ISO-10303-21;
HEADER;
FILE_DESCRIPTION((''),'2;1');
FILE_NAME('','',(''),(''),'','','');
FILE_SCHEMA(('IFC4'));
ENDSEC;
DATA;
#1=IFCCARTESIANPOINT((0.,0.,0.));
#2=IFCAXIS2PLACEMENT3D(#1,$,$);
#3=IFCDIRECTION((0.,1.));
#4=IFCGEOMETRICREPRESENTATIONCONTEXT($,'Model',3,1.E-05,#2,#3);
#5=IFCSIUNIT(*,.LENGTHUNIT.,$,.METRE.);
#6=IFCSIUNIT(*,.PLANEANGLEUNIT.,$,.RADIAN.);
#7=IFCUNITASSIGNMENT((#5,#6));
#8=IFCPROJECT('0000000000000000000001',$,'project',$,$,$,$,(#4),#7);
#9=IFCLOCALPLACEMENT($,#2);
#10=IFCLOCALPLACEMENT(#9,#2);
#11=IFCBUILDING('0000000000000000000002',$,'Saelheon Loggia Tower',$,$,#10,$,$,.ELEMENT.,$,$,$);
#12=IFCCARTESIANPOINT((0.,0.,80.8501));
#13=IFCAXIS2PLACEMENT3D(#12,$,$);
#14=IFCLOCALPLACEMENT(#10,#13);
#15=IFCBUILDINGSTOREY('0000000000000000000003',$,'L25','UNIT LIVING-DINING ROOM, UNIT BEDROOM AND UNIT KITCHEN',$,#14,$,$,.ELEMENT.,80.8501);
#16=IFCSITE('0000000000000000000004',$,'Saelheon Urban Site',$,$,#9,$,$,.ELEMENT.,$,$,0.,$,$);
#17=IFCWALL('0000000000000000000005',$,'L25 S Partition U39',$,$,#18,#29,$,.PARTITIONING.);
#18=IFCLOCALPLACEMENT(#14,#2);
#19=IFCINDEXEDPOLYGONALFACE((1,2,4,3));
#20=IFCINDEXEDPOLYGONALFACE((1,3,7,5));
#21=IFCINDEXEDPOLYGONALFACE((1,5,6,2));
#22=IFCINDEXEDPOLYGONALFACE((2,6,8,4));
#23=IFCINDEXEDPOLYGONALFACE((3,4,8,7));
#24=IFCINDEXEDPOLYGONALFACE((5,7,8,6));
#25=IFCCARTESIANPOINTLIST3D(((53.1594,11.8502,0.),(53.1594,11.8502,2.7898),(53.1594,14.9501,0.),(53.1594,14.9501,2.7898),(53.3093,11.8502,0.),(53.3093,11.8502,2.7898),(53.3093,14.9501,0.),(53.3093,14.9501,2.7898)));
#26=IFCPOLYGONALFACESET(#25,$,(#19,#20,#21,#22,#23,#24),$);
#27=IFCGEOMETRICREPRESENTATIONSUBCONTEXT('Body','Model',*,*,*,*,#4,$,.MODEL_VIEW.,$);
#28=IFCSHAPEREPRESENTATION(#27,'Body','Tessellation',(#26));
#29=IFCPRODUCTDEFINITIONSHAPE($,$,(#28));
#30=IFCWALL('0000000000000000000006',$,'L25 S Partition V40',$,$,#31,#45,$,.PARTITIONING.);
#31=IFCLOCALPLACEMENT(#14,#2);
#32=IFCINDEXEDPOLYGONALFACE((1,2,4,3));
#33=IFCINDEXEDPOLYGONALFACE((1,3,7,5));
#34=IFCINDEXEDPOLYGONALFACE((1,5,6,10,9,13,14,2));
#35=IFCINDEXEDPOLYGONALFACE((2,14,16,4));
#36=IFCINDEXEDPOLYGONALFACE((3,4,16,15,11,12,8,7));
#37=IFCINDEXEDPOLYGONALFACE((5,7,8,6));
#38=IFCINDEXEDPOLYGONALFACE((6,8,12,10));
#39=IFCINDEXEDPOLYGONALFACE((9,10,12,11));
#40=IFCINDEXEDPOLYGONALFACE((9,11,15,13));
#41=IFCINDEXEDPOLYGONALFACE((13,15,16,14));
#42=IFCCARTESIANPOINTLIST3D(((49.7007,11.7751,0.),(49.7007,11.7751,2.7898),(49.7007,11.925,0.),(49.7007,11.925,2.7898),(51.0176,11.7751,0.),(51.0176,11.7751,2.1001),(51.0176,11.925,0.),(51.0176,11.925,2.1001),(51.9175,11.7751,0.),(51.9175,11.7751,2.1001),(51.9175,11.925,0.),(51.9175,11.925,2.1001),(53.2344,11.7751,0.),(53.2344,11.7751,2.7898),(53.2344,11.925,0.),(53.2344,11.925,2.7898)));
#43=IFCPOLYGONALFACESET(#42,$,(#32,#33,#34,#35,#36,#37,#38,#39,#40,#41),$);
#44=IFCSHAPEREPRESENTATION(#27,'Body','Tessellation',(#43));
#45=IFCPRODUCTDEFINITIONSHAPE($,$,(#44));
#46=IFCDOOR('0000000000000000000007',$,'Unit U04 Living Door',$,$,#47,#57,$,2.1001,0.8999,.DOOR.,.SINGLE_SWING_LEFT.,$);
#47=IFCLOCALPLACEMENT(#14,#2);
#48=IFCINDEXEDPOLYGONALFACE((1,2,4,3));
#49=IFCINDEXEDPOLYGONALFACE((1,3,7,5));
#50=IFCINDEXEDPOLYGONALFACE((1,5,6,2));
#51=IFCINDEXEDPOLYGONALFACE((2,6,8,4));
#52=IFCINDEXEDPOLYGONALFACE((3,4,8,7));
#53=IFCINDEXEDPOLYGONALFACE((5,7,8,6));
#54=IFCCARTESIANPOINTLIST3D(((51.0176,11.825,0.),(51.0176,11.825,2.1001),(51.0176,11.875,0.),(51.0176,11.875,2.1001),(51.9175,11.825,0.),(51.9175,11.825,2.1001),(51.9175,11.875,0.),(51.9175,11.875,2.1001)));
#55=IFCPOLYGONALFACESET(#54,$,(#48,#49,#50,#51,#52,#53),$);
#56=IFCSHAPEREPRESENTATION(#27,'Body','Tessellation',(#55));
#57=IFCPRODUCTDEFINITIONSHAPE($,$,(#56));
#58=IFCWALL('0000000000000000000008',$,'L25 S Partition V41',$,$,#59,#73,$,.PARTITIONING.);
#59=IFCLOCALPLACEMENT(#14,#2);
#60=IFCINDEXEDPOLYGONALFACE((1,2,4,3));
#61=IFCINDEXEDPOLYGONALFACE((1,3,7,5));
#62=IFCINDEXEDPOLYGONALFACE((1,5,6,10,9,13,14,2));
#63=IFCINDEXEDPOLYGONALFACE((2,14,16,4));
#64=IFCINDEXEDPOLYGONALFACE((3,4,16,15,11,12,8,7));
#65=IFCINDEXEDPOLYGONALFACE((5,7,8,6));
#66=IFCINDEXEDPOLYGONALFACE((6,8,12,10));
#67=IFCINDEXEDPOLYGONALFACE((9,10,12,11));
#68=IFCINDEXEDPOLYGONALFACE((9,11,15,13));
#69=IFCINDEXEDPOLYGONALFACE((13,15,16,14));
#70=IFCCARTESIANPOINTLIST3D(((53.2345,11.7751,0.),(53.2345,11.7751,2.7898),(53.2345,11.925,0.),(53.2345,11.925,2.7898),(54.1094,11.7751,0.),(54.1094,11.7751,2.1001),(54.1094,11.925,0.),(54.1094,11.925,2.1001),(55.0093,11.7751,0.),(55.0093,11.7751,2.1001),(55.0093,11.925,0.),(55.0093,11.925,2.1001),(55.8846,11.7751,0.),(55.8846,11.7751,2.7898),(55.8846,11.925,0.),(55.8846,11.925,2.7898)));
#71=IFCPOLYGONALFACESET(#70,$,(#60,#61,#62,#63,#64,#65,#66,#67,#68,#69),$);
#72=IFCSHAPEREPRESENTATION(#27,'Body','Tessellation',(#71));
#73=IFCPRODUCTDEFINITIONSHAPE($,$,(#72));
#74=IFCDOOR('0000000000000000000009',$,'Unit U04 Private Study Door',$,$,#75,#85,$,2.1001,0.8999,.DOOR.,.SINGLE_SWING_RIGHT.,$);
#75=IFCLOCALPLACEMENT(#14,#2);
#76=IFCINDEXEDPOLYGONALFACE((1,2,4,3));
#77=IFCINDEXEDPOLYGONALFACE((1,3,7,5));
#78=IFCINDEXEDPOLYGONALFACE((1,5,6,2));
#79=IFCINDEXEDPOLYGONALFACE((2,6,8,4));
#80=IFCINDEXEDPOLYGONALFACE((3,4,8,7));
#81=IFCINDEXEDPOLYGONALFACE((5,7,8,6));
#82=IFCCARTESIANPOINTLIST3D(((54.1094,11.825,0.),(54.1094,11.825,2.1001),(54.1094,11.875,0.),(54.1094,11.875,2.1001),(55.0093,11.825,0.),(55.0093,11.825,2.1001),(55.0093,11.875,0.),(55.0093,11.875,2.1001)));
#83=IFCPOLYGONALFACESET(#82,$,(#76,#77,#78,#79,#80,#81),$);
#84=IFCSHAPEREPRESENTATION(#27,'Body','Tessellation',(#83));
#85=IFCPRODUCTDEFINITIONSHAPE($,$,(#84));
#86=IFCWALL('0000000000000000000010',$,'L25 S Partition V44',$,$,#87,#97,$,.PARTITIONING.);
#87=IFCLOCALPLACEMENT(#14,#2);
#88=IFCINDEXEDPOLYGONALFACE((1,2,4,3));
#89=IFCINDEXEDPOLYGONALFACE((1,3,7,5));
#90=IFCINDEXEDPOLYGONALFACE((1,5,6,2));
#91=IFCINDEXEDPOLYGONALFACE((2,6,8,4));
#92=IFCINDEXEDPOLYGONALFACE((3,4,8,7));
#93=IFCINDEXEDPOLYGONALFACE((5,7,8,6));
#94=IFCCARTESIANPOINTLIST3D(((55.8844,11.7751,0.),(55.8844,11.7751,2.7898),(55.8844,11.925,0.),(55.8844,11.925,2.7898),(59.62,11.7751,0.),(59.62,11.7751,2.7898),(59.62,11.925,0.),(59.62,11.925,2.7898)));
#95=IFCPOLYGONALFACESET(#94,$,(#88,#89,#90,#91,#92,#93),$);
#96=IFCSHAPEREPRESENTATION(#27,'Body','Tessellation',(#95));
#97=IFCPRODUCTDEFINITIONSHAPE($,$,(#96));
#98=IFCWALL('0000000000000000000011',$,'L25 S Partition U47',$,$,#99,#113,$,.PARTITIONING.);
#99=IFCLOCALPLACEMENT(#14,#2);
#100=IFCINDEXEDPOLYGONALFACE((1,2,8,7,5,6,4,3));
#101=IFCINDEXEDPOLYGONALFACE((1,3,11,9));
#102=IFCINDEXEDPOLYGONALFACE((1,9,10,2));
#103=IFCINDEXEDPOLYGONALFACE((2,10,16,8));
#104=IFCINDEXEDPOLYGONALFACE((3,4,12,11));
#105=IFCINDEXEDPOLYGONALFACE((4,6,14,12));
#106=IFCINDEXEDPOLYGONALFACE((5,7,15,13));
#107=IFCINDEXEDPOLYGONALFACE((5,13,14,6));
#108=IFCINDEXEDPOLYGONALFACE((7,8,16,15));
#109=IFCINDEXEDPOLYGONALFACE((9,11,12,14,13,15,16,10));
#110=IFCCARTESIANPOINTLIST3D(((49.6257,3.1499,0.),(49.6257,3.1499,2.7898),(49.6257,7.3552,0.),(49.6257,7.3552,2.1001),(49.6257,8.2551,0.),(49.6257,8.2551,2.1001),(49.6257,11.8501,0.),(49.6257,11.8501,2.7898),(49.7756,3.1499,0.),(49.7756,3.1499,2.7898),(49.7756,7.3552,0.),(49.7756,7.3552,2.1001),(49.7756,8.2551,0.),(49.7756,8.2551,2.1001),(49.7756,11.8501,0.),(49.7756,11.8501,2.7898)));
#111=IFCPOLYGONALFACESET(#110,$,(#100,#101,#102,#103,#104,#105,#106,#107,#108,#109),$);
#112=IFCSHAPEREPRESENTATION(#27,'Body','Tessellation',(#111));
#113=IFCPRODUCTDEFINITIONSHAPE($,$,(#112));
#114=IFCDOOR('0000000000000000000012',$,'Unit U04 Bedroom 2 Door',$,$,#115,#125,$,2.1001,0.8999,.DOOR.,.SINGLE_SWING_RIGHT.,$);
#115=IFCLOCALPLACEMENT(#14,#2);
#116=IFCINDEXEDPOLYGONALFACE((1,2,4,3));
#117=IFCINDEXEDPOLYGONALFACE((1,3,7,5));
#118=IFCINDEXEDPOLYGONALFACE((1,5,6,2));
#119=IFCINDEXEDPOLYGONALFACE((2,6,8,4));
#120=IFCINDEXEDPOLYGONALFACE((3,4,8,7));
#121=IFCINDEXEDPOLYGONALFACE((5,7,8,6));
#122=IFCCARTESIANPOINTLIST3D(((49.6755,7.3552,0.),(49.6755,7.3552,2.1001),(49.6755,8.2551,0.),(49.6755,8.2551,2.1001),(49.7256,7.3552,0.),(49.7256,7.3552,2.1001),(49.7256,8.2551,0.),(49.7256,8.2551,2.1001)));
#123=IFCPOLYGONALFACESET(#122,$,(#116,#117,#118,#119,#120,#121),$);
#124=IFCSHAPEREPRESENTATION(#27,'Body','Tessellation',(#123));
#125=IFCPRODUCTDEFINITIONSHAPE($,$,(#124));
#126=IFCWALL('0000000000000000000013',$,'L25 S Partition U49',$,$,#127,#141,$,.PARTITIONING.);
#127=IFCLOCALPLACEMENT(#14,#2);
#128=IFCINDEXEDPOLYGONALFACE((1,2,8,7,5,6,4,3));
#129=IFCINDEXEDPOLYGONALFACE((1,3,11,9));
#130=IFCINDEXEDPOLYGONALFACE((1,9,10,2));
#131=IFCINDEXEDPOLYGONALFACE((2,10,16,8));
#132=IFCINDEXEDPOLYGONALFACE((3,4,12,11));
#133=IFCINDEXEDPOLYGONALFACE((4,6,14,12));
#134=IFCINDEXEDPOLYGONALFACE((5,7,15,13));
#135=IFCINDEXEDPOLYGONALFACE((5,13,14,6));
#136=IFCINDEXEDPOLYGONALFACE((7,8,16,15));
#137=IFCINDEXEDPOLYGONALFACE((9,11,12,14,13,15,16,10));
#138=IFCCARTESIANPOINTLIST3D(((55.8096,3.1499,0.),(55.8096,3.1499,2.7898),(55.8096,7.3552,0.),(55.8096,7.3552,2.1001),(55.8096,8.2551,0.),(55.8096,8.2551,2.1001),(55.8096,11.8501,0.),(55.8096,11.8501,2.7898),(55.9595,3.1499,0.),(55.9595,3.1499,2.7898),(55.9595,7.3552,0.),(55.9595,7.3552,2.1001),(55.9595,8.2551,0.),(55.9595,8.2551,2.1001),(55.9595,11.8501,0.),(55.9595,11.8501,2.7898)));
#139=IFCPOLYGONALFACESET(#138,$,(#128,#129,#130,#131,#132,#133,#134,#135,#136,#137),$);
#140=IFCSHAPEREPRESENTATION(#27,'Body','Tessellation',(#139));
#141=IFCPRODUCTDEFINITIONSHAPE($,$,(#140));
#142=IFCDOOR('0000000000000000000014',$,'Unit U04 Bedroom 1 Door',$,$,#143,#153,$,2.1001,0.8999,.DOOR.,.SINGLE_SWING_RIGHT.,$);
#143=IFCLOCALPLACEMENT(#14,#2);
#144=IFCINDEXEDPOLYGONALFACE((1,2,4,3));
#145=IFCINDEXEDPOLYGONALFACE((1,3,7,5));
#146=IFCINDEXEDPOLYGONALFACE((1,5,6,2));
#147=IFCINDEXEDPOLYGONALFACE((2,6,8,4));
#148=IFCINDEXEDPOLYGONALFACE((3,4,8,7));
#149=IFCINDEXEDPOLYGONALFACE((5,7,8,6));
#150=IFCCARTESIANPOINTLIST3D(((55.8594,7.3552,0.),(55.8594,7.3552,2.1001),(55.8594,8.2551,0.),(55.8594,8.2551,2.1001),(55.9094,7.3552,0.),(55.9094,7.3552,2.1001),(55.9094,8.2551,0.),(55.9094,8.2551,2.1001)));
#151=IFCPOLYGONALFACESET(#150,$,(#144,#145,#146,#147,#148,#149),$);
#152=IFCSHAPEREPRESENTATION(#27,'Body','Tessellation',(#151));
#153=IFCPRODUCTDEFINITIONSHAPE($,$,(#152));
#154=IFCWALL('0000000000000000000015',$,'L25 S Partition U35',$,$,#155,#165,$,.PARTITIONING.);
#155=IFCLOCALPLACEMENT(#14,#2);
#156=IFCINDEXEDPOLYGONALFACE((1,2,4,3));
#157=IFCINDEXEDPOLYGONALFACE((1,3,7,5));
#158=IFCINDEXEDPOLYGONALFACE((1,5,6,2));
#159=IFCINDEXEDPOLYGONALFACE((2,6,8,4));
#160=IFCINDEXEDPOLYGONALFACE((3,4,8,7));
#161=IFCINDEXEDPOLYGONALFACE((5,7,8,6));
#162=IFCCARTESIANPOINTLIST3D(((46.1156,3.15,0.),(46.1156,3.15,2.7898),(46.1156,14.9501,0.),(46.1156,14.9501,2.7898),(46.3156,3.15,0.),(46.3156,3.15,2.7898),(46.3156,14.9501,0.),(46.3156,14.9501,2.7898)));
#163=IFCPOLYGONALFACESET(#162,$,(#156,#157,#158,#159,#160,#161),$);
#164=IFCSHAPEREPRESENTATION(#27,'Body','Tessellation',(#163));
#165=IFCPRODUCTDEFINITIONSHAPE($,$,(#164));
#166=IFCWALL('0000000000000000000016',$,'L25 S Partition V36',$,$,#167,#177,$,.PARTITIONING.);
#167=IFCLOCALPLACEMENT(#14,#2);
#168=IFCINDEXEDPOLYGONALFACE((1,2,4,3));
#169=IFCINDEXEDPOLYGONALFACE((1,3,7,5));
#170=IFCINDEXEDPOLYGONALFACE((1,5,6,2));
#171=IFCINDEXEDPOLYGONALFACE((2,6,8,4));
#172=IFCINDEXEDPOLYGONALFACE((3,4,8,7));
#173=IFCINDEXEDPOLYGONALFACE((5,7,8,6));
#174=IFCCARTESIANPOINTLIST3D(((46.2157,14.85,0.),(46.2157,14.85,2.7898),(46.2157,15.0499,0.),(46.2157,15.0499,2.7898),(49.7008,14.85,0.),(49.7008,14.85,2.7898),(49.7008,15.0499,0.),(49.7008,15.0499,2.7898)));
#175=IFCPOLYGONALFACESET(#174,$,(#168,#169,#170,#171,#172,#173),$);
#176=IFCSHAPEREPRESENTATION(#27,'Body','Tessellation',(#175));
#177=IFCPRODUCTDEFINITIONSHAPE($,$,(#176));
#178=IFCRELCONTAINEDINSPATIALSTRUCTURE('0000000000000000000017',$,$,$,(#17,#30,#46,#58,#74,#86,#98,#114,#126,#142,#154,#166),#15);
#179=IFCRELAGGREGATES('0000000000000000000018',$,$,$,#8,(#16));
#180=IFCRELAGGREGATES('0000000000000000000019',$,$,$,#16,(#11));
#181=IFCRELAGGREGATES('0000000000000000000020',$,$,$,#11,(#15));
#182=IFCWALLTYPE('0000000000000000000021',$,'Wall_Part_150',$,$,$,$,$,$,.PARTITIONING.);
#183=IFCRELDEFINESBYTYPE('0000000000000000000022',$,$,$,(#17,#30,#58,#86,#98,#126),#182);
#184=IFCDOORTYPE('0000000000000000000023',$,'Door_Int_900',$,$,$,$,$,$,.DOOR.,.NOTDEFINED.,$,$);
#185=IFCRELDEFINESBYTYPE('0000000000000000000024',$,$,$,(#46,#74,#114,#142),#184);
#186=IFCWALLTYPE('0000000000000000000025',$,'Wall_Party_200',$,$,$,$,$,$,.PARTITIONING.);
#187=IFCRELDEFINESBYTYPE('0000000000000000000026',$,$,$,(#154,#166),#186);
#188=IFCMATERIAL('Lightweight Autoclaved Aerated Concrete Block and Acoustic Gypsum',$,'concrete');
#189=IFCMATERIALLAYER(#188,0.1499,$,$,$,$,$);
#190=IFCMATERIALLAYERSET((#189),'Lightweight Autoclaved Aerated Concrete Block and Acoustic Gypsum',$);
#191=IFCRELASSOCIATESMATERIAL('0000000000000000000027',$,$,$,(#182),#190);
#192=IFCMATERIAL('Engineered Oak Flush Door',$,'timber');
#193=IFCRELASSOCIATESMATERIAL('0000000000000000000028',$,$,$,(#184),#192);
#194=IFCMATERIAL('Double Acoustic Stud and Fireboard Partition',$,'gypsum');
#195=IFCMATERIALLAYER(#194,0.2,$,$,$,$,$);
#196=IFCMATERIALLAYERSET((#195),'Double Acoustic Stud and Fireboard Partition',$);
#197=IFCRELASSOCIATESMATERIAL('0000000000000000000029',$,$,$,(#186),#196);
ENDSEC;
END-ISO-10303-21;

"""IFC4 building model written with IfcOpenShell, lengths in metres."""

from ifc_helpers import new_model, si_unit, direction, frame, frame_2d, origin, place, context, subcontext, project, spatial, rectangle, extrude, source, transform, mapped, material, layer, layer_set, type_object, element, fill, save


model = new_model("IFC4")

# Units and contexts
model_context = context("Model", 3, precision=1e-05, world=origin(), true_north=direction((0.0, 1.0)))
body_context = subcontext(model_context, "Body", "Model", "MODEL_VIEW")
ifc_project = project(units=[si_unit("LENGTHUNIT", "METRE"), si_unit("PLANEANGLEUNIT", "RADIAN")], contexts=[model_context])

# Site, building, storey
site_placement = place(None, origin())
site = spatial("IfcSite", under=ifc_project, at=site_placement, Name="Saelheon Urban Site", CompositionType="ELEMENT", RefElevation=0.0)
building_placement = place(site_placement, origin())
building = spatial("IfcBuilding", under=site, at=building_placement, Name="Saelheon Loggia Tower", CompositionType="ELEMENT")
storey_placement = place(building_placement, frame((0.0, 0.0, 80.8501)))
storey = spatial("IfcBuildingStorey", under=building, at=storey_placement, Name="L25", Description="UNIT LIVING-DINING ROOM, UNIT BEDROOM AND UNIT KITCHEN", CompositionType="ELEMENT", Elevation=80.8501)

# Wall
ifc_material_1 = material(Name="Lightweight Autoclaved Aerated Concrete Block and Acoustic Gypsum", Category="concrete")
ifc_layer_1 = layer(ifc_material_1, 0.1499)
ifc_layer_set_1 = layer_set([ifc_layer_1], Name="Lightweight Autoclaved Aerated Concrete Block and Acoustic Gypsum")
wall_type_1 = type_object("IfcWallType", Name="Wall_Part_150", PredefinedType="PARTITIONING", material=ifc_layer_set_1)
wall_1_placement = place(storey_placement, frame((53.2344, 14.95, 0.0), z_axis=(0.0, 0.0, 1.0), x_axis=(0.0, -1.0, 0.0)))
element("IfcWall", 1, at=wall_1_placement, inside=storey, type_object=wall_type_1, Name="L25 S Partition U39", PredefinedType="PARTITIONING", context=body_context, shape_type="SweptSolid", body=[
    extrude(rectangle(XDim=3.0999, YDim=0.1499, at=frame_2d((1.5498, 0.0))), origin(), (0.0, 0.0, 1.0), 2.7898),
])

# Walls, openings, doors
wall_2_placement = place(storey_placement, frame((49.7007, 11.8501, 0.0), z_axis=(0.0, 0.0, 1.0), x_axis=(1.0, 0.0, 0.0)))
wall_2 = element("IfcWall", 2, at=wall_2_placement, inside=storey, type_object=wall_type_1, Name="L25 S Partition V40", PredefinedType="PARTITIONING", context=body_context, shape_type="SweptSolid", body=[
    extrude(rectangle(XDim=3.5337, YDim=0.1499, at=frame_2d((1.7668, 0.0))), origin(), (0.0, 0.0, 1.0), 2.7898),
])
opening_1_placement = place(wall_2_placement, frame((1.3169, 0.0, 0.0)))
opening_1 = element("IfcOpeningElement", 3, at=opening_1_placement, cuts=wall_2, PredefinedType="OPENING", context=body_context, shape_type="SweptSolid", body=[
    extrude(rectangle(XDim=0.8999, YDim=2.1001, at=frame_2d((0.45, 1.05))), frame((0.0, 0.0869, 0.0), z_axis=(0.0, -1.0, 0.0), x_axis=(1.0, 0.0, 0.0)), (0.0, 0.0, 1.0), 0.1738),
])
ifc_material_2 = material(Name="Engineered Oak Flush Door", Category="timber")
door_type_1 = type_object("IfcDoorType", Name="Door_Int_900", OperationType="NOTDEFINED", PredefinedType="DOOR", material=ifc_material_2)
shared_shape_1 = source(origin(), body_context, "Body", "SweptSolid", [
    extrude(rectangle(XDim=0.8999, YDim=2.1001, at=frame_2d((0.45, 1.05))), frame((0.0, 0.0249, 0.0), z_axis=(0.0, -1.0, 0.0), x_axis=(1.0, 0.0, 0.0)), (0.0, 0.0, 1.0), 0.05),
])
door_1_placement = place(opening_1_placement, origin())
door_1 = element("IfcDoor", 4, at=door_1_placement, inside=storey, type_object=door_type_1, Name="Unit U04 Living Door", OperationType="SINGLE_SWING_LEFT", OverallHeight=2.1001, OverallWidth=0.8999, PredefinedType="DOOR", context=body_context, shape_type="MappedRepresentation", body=[
    mapped(shared_shape_1, transform((0.0, 0.0, 0.0), scale=1.0)),
])
fill(opening_1, door_1)
wall_3_placement = place(storey_placement, frame((53.2344, 11.8501, 0.0), z_axis=(0.0, 0.0, 1.0), x_axis=(1.0, 0.0, 0.0)))
wall_3 = element("IfcWall", 5, at=wall_3_placement, inside=storey, type_object=wall_type_1, Name="L25 S Partition V41", PredefinedType="PARTITIONING", context=body_context, shape_type="SweptSolid", body=[
    extrude(rectangle(XDim=2.6501, YDim=0.1499, at=frame_2d((1.3252, 0.0))), origin(), (0.0, 0.0, 1.0), 2.7898),
])
opening_2_placement = place(wall_3_placement, frame((0.875, 0.0, 0.0)))
opening_2 = element("IfcOpeningElement", 6, at=opening_2_placement, cuts=wall_3, PredefinedType="OPENING", context=body_context, shape_type="SweptSolid", body=[
    extrude(rectangle(XDim=0.8999, YDim=2.1001, at=frame_2d((0.45, 1.05))), frame((0.0, 0.0869, 0.0), z_axis=(0.0, -1.0, 0.0), x_axis=(1.0, 0.0, 0.0)), (0.0, 0.0, 1.0), 0.1738),
])
door_2_placement = place(opening_2_placement, origin())
door_2 = element("IfcDoor", 7, at=door_2_placement, inside=storey, type_object=door_type_1, Name="Unit U04 Private Study Door", OperationType="SINGLE_SWING_RIGHT", OverallHeight=2.1001, OverallWidth=0.8999, PredefinedType="DOOR", context=body_context, shape_type="MappedRepresentation", body=[
    mapped(shared_shape_1, transform((0.0, 0.0, 0.0), scale=1.0)),
])
fill(opening_2, door_2)

# Wall
wall_4_placement = place(storey_placement, frame((55.8845, 11.8501, 0.0), z_axis=(0.0, 0.0, 1.0), x_axis=(1.0, 0.0, 0.0)))
element("IfcWall", 8, at=wall_4_placement, inside=storey, type_object=wall_type_1, Name="L25 S Partition V44", PredefinedType="PARTITIONING", context=body_context, shape_type="SweptSolid", body=[
    extrude(rectangle(XDim=3.7356, YDim=0.1499, at=frame_2d((1.8677, 0.0))), origin(), (0.0, 0.0, 1.0), 2.7898),
])

# Walls, openings, doors
wall_5_placement = place(storey_placement, frame((49.7007, 11.8501, 0.0), z_axis=(0.0, 0.0, 1.0), x_axis=(0.0, -1.0, 0.0)))
wall_5 = element("IfcWall", 9, at=wall_5_placement, inside=storey, type_object=wall_type_1, Name="L25 S Partition U47", PredefinedType="PARTITIONING", context=body_context, shape_type="SweptSolid", body=[
    extrude(rectangle(XDim=8.7002, YDim=0.1499, at=frame_2d((4.3501, 0.0))), origin(), (0.0, 0.0, 1.0), 2.7898),
])
opening_3_placement = place(wall_5_placement, frame((3.595, 0.0, 0.0)))
opening_3 = element("IfcOpeningElement", 10, at=opening_3_placement, cuts=wall_5, PredefinedType="OPENING", context=body_context, shape_type="SweptSolid", body=[
    extrude(rectangle(XDim=0.8999, YDim=2.1001, at=frame_2d((0.45, 1.05))), frame((0.0, 0.0869, 0.0), z_axis=(0.0, -1.0, 0.0), x_axis=(1.0, 0.0, 0.0)), (0.0, 0.0, 1.0), 0.1738),
])
door_3_placement = place(opening_3_placement, origin())
door_3 = element("IfcDoor", 11, at=door_3_placement, inside=storey, type_object=door_type_1, Name="Unit U04 Bedroom 2 Door", OperationType="SINGLE_SWING_RIGHT", OverallHeight=2.1001, OverallWidth=0.8999, PredefinedType="DOOR", context=body_context, shape_type="MappedRepresentation", body=[
    mapped(shared_shape_1, transform((0.0, 0.0, 0.0), scale=1.0)),
])
fill(opening_3, door_3)
wall_6_placement = place(storey_placement, frame((55.8845, 11.8501, 0.0), z_axis=(0.0, 0.0, 1.0), x_axis=(0.0, -1.0, 0.0)))
wall_6 = element("IfcWall", 12, at=wall_6_placement, inside=storey, type_object=wall_type_1, Name="L25 S Partition U49", PredefinedType="PARTITIONING", context=body_context, shape_type="SweptSolid", body=[
    extrude(rectangle(XDim=8.7002, YDim=0.1499, at=frame_2d((4.3501, 0.0))), origin(), (0.0, 0.0, 1.0), 2.7898),
])
opening_4_placement = place(wall_6_placement, frame((3.595, 0.0, 0.0)))
opening_4 = element("IfcOpeningElement", 13, at=opening_4_placement, cuts=wall_6, PredefinedType="OPENING", context=body_context, shape_type="SweptSolid", body=[
    extrude(rectangle(XDim=0.8999, YDim=2.1001, at=frame_2d((0.45, 1.05))), frame((0.0, 0.0869, 0.0), z_axis=(0.0, -1.0, 0.0), x_axis=(1.0, 0.0, 0.0)), (0.0, 0.0, 1.0), 0.1738),
])
door_4_placement = place(opening_4_placement, origin())
door_4 = element("IfcDoor", 14, at=door_4_placement, inside=storey, type_object=door_type_1, Name="Unit U04 Bedroom 1 Door", OperationType="SINGLE_SWING_RIGHT", OverallHeight=2.1001, OverallWidth=0.8999, PredefinedType="DOOR", context=body_context, shape_type="MappedRepresentation", body=[
    mapped(shared_shape_1, transform((0.0, 0.0, 0.0), scale=1.0)),
])
fill(opening_4, door_4)

# Walls
ifc_material_3 = material(Name="Double Acoustic Stud and Fireboard Partition", Category="gypsum")
ifc_layer_2 = layer(ifc_material_3, 0.2)
ifc_layer_set_2 = layer_set([ifc_layer_2], Name="Double Acoustic Stud and Fireboard Partition")
wall_type_2 = type_object("IfcWallType", Name="Wall_Party_200", PredefinedType="PARTITIONING", material=ifc_layer_set_2)
wall_7_placement = place(storey_placement, frame((46.2156, 14.95, 0.0), z_axis=(0.0, 0.0, 1.0), x_axis=(0.0, -1.0, 0.0)))
element("IfcWall", 15, at=wall_7_placement, inside=storey, type_object=wall_type_2, Name="L25 S Partition U35", PredefinedType="PARTITIONING", context=body_context, shape_type="SweptSolid", body=[
    extrude(rectangle(XDim=11.8, YDim=0.2, at=frame_2d((5.8999, 0.0))), origin(), (0.0, 0.0, 1.0), 2.7898),
])
wall_8_placement = place(storey_placement, frame((46.2156, 14.95, 0.0), z_axis=(0.0, 0.0, 1.0), x_axis=(1.0, 0.0, 0.0)))
element("IfcWall", 16, at=wall_8_placement, inside=storey, type_object=wall_type_2, Name="L25 S Partition V36", PredefinedType="PARTITIONING", context=body_context, shape_type="SweptSolid", body=[
    extrude(rectangle(XDim=3.4851, YDim=0.2, at=frame_2d((1.7427, 0.0))), origin(), (0.0, 0.0, 1.0), 2.7898),
])

save(model, "model.ifc")
